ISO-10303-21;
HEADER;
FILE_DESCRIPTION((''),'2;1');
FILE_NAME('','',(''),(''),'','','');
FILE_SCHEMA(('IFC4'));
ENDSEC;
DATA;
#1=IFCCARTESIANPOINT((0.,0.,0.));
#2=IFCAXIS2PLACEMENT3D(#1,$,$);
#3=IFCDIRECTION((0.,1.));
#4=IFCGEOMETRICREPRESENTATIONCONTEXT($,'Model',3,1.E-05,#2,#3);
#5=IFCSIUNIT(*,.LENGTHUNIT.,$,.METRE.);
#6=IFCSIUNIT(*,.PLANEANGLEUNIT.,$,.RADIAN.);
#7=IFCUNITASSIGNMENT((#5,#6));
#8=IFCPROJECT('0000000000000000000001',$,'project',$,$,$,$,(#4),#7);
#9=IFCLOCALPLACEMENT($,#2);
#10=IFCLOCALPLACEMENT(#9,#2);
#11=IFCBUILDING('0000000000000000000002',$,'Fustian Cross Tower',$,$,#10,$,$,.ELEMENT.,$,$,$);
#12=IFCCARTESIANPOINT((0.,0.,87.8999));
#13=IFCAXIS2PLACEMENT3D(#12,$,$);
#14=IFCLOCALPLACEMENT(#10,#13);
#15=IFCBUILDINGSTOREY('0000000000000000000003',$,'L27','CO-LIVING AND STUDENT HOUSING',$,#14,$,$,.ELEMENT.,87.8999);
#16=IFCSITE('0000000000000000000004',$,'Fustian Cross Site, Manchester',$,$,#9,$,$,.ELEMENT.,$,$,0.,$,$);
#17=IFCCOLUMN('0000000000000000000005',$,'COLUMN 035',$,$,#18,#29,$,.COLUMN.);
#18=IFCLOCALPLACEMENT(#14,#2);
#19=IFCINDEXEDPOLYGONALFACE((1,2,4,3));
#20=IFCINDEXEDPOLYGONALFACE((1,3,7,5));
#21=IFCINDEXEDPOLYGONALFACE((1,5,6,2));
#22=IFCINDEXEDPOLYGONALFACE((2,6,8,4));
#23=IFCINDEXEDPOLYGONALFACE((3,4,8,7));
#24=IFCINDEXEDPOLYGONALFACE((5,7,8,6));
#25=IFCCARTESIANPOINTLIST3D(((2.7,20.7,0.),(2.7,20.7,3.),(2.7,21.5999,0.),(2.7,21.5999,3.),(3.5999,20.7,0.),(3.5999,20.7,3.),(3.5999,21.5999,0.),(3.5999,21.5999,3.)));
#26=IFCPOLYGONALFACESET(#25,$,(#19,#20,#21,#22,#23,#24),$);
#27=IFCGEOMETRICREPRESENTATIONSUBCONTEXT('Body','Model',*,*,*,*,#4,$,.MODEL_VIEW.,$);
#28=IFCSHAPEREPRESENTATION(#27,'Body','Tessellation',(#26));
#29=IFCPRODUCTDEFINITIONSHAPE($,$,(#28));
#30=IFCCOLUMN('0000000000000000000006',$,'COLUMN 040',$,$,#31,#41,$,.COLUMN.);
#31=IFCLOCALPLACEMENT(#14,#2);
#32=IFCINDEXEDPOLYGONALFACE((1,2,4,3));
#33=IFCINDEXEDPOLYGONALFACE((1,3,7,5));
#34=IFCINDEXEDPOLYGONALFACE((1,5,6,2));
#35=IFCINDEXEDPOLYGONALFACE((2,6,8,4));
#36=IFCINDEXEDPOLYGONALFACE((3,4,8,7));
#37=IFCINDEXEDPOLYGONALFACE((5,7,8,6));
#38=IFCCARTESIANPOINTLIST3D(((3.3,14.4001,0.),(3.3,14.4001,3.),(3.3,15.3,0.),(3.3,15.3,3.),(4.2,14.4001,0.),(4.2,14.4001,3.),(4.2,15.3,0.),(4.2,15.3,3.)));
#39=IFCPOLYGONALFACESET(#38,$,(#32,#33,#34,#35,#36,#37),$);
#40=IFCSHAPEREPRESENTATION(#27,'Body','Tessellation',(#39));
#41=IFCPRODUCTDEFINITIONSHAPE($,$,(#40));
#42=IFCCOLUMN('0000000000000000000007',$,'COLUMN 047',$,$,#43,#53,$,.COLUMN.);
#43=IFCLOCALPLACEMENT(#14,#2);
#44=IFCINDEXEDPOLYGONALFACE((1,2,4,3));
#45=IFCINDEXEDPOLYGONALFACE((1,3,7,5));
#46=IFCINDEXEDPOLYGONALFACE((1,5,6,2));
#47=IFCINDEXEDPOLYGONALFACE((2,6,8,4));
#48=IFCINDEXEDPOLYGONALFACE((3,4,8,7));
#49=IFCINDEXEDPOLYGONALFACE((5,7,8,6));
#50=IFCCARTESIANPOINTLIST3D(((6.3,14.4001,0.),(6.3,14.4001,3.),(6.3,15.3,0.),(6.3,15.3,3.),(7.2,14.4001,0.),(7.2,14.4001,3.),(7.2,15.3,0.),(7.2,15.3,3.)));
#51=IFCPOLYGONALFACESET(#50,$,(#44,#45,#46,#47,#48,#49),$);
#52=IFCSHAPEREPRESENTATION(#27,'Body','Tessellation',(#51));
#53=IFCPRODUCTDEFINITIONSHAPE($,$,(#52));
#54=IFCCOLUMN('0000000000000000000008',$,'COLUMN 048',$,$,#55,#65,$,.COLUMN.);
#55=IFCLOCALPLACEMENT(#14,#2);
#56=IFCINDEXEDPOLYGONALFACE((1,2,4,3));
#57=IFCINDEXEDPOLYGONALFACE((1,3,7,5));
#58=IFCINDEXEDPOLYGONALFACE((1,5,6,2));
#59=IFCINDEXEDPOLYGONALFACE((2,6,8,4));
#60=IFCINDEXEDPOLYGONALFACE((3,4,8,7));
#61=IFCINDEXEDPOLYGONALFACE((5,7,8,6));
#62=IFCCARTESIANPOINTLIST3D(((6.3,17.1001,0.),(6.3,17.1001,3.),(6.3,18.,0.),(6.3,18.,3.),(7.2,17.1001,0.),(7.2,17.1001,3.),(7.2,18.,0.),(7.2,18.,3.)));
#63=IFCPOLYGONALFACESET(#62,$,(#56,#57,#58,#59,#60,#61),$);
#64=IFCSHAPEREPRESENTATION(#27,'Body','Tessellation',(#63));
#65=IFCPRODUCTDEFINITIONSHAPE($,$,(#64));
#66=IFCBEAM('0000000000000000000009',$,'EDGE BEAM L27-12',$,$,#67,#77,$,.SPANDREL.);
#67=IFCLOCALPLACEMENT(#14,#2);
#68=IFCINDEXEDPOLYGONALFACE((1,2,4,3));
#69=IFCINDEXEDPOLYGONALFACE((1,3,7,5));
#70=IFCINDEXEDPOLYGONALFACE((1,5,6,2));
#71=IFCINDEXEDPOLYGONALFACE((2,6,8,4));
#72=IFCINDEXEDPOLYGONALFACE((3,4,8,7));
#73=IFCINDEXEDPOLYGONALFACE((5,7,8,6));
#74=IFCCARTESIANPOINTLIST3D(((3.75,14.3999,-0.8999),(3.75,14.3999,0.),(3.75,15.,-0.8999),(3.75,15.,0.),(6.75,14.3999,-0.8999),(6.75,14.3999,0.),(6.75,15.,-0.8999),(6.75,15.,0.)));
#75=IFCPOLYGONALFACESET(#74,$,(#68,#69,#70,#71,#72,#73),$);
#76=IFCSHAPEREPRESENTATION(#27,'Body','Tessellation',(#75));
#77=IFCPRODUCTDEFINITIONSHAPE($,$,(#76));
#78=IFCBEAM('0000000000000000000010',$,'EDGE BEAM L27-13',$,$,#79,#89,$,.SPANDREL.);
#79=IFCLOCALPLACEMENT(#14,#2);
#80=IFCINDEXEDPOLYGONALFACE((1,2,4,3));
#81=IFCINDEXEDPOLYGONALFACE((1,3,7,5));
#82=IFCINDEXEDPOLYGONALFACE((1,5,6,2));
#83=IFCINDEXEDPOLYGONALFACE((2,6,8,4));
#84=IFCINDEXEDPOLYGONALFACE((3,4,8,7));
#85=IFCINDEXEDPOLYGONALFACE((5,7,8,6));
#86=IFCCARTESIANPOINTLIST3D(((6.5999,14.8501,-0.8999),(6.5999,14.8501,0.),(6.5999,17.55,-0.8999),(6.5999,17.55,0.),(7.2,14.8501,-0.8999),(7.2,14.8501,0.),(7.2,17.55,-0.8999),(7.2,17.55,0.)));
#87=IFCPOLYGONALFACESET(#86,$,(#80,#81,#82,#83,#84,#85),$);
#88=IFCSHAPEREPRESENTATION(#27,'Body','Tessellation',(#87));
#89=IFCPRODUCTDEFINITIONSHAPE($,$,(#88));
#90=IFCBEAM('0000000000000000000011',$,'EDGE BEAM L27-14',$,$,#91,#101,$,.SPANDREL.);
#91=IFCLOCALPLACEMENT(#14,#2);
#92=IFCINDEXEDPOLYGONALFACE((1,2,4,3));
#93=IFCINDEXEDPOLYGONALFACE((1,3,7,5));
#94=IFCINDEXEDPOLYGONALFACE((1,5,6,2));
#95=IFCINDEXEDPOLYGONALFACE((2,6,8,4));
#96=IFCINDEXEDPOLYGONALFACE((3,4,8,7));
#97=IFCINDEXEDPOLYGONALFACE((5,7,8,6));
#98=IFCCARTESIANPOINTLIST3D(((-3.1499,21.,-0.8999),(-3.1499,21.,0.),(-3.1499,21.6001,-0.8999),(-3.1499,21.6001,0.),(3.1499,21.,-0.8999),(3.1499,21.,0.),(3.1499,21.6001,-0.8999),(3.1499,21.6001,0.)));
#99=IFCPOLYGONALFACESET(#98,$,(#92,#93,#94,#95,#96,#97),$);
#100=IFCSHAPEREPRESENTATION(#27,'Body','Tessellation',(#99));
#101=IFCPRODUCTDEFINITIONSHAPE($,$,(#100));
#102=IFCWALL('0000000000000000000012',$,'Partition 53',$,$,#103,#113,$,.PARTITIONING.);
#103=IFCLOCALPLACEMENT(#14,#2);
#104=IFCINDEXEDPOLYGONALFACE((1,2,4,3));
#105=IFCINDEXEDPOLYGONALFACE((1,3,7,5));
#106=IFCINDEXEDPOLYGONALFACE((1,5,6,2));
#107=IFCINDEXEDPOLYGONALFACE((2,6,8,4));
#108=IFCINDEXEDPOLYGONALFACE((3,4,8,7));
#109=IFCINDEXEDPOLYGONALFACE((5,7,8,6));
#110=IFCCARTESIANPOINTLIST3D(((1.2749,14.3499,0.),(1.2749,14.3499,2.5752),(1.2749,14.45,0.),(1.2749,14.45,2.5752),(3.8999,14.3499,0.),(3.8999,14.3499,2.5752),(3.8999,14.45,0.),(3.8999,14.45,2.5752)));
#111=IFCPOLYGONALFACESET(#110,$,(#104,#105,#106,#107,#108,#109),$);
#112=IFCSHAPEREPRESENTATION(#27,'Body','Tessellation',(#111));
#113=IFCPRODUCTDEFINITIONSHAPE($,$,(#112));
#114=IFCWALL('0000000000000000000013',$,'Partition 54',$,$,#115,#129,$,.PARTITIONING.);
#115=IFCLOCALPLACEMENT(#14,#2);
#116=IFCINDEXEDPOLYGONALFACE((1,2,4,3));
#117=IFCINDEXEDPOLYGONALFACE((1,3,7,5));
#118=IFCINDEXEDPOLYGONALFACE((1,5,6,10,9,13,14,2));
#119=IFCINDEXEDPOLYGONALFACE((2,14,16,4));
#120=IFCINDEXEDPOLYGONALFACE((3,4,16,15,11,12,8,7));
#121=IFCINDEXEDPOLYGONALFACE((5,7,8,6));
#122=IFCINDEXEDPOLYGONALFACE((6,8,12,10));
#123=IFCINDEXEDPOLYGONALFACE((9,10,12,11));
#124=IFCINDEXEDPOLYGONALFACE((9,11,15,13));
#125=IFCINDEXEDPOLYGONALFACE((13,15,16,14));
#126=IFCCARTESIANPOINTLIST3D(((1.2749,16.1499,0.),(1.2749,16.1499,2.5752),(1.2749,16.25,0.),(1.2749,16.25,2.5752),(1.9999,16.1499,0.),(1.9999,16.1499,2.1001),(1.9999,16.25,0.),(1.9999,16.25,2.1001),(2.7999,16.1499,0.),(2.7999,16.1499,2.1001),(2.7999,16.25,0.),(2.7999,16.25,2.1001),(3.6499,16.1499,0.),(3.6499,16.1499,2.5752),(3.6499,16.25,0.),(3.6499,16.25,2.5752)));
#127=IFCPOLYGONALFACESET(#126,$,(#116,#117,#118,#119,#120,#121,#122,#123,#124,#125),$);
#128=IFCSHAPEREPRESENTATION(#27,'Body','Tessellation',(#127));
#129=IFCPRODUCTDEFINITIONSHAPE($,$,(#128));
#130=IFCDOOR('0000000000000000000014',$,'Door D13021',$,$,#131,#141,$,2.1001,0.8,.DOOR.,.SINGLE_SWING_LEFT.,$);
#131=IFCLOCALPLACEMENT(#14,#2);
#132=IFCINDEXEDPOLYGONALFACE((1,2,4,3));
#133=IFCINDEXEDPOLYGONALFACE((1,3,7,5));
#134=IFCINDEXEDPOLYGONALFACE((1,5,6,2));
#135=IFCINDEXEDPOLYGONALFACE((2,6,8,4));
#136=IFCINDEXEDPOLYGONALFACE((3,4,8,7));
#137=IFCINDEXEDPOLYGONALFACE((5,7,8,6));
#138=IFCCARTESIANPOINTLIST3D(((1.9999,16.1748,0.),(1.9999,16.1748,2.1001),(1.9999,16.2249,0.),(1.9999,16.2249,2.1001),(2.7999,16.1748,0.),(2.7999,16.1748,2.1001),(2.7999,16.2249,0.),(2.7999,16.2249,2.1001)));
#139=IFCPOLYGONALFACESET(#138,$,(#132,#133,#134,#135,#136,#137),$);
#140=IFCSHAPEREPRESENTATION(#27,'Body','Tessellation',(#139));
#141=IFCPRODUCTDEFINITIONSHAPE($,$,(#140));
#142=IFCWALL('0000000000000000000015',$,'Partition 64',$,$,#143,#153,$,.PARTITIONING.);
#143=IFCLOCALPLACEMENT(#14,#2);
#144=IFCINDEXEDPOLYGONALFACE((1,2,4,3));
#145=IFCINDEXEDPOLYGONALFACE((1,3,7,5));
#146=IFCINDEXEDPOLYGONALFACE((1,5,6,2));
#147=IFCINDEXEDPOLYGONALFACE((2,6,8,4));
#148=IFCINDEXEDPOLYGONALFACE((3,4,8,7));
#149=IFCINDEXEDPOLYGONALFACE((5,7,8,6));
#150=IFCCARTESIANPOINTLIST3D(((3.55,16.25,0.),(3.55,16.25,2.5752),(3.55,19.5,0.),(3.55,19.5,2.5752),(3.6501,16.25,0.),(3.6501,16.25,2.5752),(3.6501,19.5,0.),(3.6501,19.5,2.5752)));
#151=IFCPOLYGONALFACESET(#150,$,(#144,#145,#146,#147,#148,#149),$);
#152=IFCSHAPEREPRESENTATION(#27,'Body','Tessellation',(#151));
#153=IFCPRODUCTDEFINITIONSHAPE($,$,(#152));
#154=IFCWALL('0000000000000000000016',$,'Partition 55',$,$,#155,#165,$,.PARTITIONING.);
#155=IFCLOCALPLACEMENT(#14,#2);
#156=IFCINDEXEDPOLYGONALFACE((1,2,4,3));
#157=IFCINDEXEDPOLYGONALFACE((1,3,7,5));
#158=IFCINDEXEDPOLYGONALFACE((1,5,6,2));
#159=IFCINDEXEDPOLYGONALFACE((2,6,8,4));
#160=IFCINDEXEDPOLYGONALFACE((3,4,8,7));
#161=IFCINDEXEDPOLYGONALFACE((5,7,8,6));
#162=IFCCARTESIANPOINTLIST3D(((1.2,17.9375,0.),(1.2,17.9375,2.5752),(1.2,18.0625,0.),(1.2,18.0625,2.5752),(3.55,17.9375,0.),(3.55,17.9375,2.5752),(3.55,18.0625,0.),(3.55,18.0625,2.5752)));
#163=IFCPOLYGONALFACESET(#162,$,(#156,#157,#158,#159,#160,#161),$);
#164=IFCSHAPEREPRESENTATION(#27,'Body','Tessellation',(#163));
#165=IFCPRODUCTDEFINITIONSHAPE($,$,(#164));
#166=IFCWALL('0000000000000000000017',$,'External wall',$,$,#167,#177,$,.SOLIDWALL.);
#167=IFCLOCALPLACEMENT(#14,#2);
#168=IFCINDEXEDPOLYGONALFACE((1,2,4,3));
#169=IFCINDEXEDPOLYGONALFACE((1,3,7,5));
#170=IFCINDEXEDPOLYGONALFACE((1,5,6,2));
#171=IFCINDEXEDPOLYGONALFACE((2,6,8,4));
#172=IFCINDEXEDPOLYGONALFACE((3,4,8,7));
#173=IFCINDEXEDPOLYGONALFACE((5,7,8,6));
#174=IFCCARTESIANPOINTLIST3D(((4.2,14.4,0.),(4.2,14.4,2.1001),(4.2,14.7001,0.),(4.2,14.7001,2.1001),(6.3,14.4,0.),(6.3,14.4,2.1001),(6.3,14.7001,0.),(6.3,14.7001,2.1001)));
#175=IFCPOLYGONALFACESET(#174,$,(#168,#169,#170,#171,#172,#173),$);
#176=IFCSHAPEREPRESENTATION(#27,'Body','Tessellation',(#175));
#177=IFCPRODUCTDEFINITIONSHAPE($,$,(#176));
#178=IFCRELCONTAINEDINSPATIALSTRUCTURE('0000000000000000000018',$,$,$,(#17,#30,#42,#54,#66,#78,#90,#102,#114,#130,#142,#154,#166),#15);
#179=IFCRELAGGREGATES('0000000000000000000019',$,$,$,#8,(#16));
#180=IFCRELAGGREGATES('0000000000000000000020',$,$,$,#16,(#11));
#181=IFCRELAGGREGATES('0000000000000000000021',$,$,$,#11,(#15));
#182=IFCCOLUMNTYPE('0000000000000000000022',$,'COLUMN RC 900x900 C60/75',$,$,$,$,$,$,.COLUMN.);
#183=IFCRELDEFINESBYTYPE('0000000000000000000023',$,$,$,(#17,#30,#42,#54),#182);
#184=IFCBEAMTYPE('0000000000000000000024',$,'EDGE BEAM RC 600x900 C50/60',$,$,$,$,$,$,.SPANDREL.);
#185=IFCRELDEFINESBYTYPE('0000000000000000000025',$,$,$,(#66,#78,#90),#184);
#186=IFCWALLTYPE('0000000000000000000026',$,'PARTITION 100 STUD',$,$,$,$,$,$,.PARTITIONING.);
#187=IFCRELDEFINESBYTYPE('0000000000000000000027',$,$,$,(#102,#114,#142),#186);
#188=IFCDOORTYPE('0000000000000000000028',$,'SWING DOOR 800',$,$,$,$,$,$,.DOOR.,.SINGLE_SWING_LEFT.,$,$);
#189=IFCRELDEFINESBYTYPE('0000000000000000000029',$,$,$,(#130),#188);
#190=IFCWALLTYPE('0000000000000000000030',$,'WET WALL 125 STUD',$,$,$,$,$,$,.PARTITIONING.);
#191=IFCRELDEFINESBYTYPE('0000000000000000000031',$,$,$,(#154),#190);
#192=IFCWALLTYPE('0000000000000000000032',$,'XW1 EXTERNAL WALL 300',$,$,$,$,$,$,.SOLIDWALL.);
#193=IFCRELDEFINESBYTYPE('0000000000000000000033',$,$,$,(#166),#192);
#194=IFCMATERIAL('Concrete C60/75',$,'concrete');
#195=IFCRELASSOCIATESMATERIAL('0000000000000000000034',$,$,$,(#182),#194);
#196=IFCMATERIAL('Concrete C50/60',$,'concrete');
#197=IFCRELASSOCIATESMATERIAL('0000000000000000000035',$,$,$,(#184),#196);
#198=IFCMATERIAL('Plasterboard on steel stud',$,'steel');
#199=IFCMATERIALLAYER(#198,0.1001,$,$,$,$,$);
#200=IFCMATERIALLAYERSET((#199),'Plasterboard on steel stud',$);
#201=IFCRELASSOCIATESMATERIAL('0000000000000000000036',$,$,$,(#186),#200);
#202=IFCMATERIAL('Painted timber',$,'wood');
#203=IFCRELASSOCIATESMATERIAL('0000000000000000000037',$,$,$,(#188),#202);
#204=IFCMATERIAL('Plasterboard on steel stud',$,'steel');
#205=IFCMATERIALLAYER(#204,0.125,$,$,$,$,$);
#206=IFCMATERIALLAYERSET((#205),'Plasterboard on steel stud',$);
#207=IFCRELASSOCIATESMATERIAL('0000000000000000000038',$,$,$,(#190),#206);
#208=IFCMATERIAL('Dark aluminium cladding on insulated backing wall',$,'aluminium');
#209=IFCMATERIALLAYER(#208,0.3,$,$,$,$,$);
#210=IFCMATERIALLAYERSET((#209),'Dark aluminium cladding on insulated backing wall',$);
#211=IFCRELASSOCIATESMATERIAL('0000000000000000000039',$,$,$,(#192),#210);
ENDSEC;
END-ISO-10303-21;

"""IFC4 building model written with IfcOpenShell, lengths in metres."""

from ifc_helpers import new_model, si_unit, direction, frame, frame_2d, origin, origin_2d, place, context, subcontext, project, spatial, rectangle, extrude, material, layer, layer_set, material_profile, profile_set, type_object, element, fill, save


model = new_model("IFC4")

# Units and contexts
model_context = context("Model", 3, precision=1e-05, world=origin(), true_north=direction((0.0, 1.0)))
body_context = subcontext(model_context, "Body", "Model", "MODEL_VIEW")
ifc_project = project(units=[si_unit("LENGTHUNIT", "METRE"), si_unit("PLANEANGLEUNIT", "RADIAN")], contexts=[model_context])

# Site, building, storey
site_placement = place(None, origin())
site = spatial("IfcSite", under=ifc_project, at=site_placement, Name="Fustian Cross Site, Manchester", CompositionType="ELEMENT", RefElevation=0.0)
building_placement = place(site_placement, origin())
building = spatial("IfcBuilding", under=site, at=building_placement, Name="Fustian Cross Tower", CompositionType="ELEMENT")
storey_placement = place(building_placement, frame((0.0, 0.0, 87.8999)))
storey = spatial("IfcBuildingStorey", under=building, at=storey_placement, Name="L27", Description="CO-LIVING AND STUDENT HOUSING", CompositionType="ELEMENT", Elevation=87.8999)

# Columns
ifc_material_1 = material(Name="Concrete C60/75", Category="concrete")
ifc_material_profile_1 = material_profile(ifc_material_1, rectangle(XDim=0.8999, YDim=0.8999, at=origin_2d()), Name="RC 900x900")
ifc_profile_set_1 = profile_set([ifc_material_profile_1], Name="Concrete C60/75")
column_type = type_object("IfcColumnType", Name="COLUMN RC 900x900 C60/75", PredefinedType="COLUMN", material=ifc_profile_set_1)
for number, where, z_axis, x_axis, name in (
    (1, (3.1499, 21.1499, 0.0), (0.0, 0.0, 1.0), (1.0, 0.0, 0.0), "COLUMN 035"),
    (2, (3.75, 14.8501, 0.0), (0.0, 0.0, 1.0), (1.0, 0.0, 0.0), "COLUMN 040"),
    (3, (6.75, 14.8501, 0.0), (0.0, 0.0, 1.0), (1.0, 0.0, 0.0), "COLUMN 047"),
    (4, (6.75, 17.55, 0.0), (0.0, 0.0, 1.0), (1.0, 0.0, 0.0), "COLUMN 048"),
):
    element("IfcColumn", number, at=place(storey_placement, frame(where, z_axis=z_axis, x_axis=x_axis)), inside=storey, type_object=column_type, Name=name, PredefinedType="COLUMN", context=body_context, shape_type="SweptSolid", body=[
        extrude(rectangle(XDim=0.8999, YDim=0.8999, at=origin_2d()), origin(), (0.0, 0.0, 1.0), 3.0),
    ])

# Beams
ifc_material_2 = material(Name="Concrete C50/60", Category="concrete")
ifc_material_profile_2 = material_profile(ifc_material_2, rectangle(XDim=0.6001, YDim=0.8999, at=origin_2d()), Name="RC 600x900")
ifc_profile_set_2 = profile_set([ifc_material_profile_2], Name="Concrete C50/60")
beam_type = type_object("IfcBeamType", Name="EDGE BEAM RC 600x900 C50/60", PredefinedType="SPANDREL", material=ifc_profile_set_2)
beam_1_placement = place(storey_placement, frame((3.75, 14.7, -0.45), z_axis=(1.0, 0.0, 0.0), x_axis=(0.0, 1.0, 0.0)))
element("IfcBeam", 5, at=beam_1_placement, inside=storey, type_object=beam_type, Name="EDGE BEAM L27-12", PredefinedType="SPANDREL", context=body_context, shape_type="SweptSolid", body=[
    extrude(rectangle(XDim=0.6001, YDim=0.8999, at=origin_2d()), origin(), (0.0, 0.0, 1.0), 3.0),
])
beam_2_placement = place(storey_placement, frame((6.8999, 14.8501, -0.45), z_axis=(0.0, 1.0, 0.0), x_axis=(-1.0, 0.0, 0.0)))
element("IfcBeam", 6, at=beam_2_placement, inside=storey, type_object=beam_type, Name="EDGE BEAM L27-13", PredefinedType="SPANDREL", context=body_context, shape_type="SweptSolid", body=[
    extrude(rectangle(XDim=0.6001, YDim=0.8999, at=origin_2d()), origin(), (0.0, 0.0, 1.0), 2.7),
])
beam_3_placement = place(storey_placement, frame((3.1499, 21.3, -0.45), z_axis=(-1.0, 0.0, 0.0), x_axis=(0.0, -1.0, 0.0)))
element("IfcBeam", 7, at=beam_3_placement, inside=storey, type_object=beam_type, Name="EDGE BEAM L27-14", PredefinedType="SPANDREL", context=body_context, shape_type="SweptSolid", body=[
    extrude(rectangle(XDim=0.6001, YDim=0.8999, at=origin_2d()), origin(), (0.0, 0.0, 1.0), 6.2998),
])

# Wall
ifc_material_3 = material(Name="Plasterboard on steel stud", Category="steel")
ifc_layer_1 = layer(ifc_material_3, 0.1001)
ifc_layer_set_1 = layer_set([ifc_layer_1], Name="Plasterboard on steel stud")
wall_type_1 = type_object("IfcWallType", Name="PARTITION 100 STUD", PredefinedType="PARTITIONING", material=ifc_layer_set_1)
wall_1_placement = place(storey_placement, frame((1.2749, 14.3999, 0.0), z_axis=(0.0, 0.0, 1.0), x_axis=(1.0, 0.0, 0.0)))
element("IfcWall", 8, at=wall_1_placement, inside=storey, type_object=wall_type_1, Name="Partition 53", PredefinedType="PARTITIONING", context=body_context, shape_type="SweptSolid", body=[
    extrude(rectangle(XDim=2.625, YDim=0.1001, at=frame_2d((1.3125, 0.0))), origin(), (0.0, 0.0, 1.0), 2.5752),
])

# Wall, opening, door
wall_2_placement = place(storey_placement, frame((1.2749, 16.2, 0.0), z_axis=(0.0, 0.0, 1.0), x_axis=(1.0, 0.0, 0.0)))
wall_2 = element("IfcWall", 9, at=wall_2_placement, inside=storey, type_object=wall_type_1, Name="Partition 54", PredefinedType="PARTITIONING", context=body_context, shape_type="SweptSolid", body=[
    extrude(rectangle(XDim=2.375, YDim=0.1001, at=frame_2d((1.1875, 0.0))), origin(), (0.0, 0.0, 1.0), 2.5752),
])
opening_1_placement = place(wall_2_placement, frame((0.7251, 0.0, 0.0)))
opening_1 = element("IfcOpeningElement", 10, at=opening_1_placement, cuts=wall_2, PredefinedType="OPENING", context=body_context, shape_type="SweptSolid", body=[
    extrude(rectangle(XDim=0.8, YDim=2.1001, at=frame_2d((0.3999, 1.05))), frame((0.0, 0.0601, 0.0), z_axis=(0.0, -1.0, 0.0), x_axis=(1.0, 0.0, 0.0)), (0.0, 0.0, 1.0), 0.1201),
])
ifc_material_4 = material(Name="Painted timber", Category="wood")
door_type = type_object("IfcDoorType", Name="SWING DOOR 800", OperationType="SINGLE_SWING_LEFT", PredefinedType="DOOR", material=ifc_material_4)
door_placement = place(opening_1_placement, origin())
door = element("IfcDoor", 11, at=door_placement, inside=storey, type_object=door_type, Name="Door D13021", OperationType="SINGLE_SWING_LEFT", OverallHeight=2.1001, OverallWidth=0.8, PredefinedType="DOOR", context=body_context, shape_type="SweptSolid", body=[
    extrude(rectangle(XDim=0.8, YDim=2.1001, at=frame_2d((0.3999, 1.05))), frame((0.0, 0.0249, 0.0), z_axis=(0.0, -1.0, 0.0), x_axis=(1.0, 0.0, 0.0)), (0.0, 0.0, 1.0), 0.05),
])
fill(opening_1, door)

# Walls
wall_3_placement = place(storey_placement, frame((3.6001, 16.25, 0.0), z_axis=(0.0, 0.0, 1.0), x_axis=(0.0, 1.0, 0.0)))
element("IfcWall", 12, at=wall_3_placement, inside=storey, type_object=wall_type_1, Name="Partition 64", PredefinedType="PARTITIONING", context=body_context, shape_type="SweptSolid", body=[
    extrude(rectangle(XDim=3.25, YDim=0.1001, at=frame_2d((1.625, 0.0))), origin(), (0.0, 0.0, 1.0), 2.5752),
])
ifc_material_5 = material(Name="Plasterboard on steel stud", Category="steel")
ifc_layer_2 = layer(ifc_material_5, 0.125)
ifc_layer_set_2 = layer_set([ifc_layer_2], Name="Plasterboard on steel stud")
wall_type_2 = type_object("IfcWallType", Name="WET WALL 125 STUD", PredefinedType="PARTITIONING", material=ifc_layer_set_2)
wall_4_placement = place(storey_placement, frame((1.2, 18.0, 0.0), z_axis=(0.0, 0.0, 1.0), x_axis=(1.0, 0.0, 0.0)))
element("IfcWall", 13, at=wall_4_placement, inside=storey, type_object=wall_type_2, Name="Partition 55", PredefinedType="PARTITIONING", context=body_context, shape_type="SweptSolid", body=[
    extrude(rectangle(XDim=2.3501, YDim=0.125, at=frame_2d((1.175, 0.0))), origin(), (0.0, 0.0, 1.0), 2.5752),
])
ifc_material_6 = material(Name="Dark aluminium cladding on insulated backing wall", Category="aluminium")
ifc_layer_3 = layer(ifc_material_6, 0.3)
ifc_layer_set_3 = layer_set([ifc_layer_3], Name="Dark aluminium cladding on insulated backing wall")
wall_type_3 = type_object("IfcWallType", Name="XW1 EXTERNAL WALL 300", PredefinedType="SOLIDWALL", material=ifc_layer_set_3)
wall_5_placement = place(storey_placement, frame((4.2, 14.55, 0.0), z_axis=(0.0, 0.0, 1.0), x_axis=(1.0, 0.0, 0.0)))
element("IfcWall", 14, at=wall_5_placement, inside=storey, type_object=wall_type_3, Name="External wall", PredefinedType="SOLIDWALL", context=body_context, shape_type="SweptSolid", body=[
    extrude(rectangle(XDim=2.1001, YDim=0.3, at=frame_2d((1.05, 0.0))), origin(), (0.0, 0.0, 1.0), 2.1001),
])

save(model, "model.ifc")
